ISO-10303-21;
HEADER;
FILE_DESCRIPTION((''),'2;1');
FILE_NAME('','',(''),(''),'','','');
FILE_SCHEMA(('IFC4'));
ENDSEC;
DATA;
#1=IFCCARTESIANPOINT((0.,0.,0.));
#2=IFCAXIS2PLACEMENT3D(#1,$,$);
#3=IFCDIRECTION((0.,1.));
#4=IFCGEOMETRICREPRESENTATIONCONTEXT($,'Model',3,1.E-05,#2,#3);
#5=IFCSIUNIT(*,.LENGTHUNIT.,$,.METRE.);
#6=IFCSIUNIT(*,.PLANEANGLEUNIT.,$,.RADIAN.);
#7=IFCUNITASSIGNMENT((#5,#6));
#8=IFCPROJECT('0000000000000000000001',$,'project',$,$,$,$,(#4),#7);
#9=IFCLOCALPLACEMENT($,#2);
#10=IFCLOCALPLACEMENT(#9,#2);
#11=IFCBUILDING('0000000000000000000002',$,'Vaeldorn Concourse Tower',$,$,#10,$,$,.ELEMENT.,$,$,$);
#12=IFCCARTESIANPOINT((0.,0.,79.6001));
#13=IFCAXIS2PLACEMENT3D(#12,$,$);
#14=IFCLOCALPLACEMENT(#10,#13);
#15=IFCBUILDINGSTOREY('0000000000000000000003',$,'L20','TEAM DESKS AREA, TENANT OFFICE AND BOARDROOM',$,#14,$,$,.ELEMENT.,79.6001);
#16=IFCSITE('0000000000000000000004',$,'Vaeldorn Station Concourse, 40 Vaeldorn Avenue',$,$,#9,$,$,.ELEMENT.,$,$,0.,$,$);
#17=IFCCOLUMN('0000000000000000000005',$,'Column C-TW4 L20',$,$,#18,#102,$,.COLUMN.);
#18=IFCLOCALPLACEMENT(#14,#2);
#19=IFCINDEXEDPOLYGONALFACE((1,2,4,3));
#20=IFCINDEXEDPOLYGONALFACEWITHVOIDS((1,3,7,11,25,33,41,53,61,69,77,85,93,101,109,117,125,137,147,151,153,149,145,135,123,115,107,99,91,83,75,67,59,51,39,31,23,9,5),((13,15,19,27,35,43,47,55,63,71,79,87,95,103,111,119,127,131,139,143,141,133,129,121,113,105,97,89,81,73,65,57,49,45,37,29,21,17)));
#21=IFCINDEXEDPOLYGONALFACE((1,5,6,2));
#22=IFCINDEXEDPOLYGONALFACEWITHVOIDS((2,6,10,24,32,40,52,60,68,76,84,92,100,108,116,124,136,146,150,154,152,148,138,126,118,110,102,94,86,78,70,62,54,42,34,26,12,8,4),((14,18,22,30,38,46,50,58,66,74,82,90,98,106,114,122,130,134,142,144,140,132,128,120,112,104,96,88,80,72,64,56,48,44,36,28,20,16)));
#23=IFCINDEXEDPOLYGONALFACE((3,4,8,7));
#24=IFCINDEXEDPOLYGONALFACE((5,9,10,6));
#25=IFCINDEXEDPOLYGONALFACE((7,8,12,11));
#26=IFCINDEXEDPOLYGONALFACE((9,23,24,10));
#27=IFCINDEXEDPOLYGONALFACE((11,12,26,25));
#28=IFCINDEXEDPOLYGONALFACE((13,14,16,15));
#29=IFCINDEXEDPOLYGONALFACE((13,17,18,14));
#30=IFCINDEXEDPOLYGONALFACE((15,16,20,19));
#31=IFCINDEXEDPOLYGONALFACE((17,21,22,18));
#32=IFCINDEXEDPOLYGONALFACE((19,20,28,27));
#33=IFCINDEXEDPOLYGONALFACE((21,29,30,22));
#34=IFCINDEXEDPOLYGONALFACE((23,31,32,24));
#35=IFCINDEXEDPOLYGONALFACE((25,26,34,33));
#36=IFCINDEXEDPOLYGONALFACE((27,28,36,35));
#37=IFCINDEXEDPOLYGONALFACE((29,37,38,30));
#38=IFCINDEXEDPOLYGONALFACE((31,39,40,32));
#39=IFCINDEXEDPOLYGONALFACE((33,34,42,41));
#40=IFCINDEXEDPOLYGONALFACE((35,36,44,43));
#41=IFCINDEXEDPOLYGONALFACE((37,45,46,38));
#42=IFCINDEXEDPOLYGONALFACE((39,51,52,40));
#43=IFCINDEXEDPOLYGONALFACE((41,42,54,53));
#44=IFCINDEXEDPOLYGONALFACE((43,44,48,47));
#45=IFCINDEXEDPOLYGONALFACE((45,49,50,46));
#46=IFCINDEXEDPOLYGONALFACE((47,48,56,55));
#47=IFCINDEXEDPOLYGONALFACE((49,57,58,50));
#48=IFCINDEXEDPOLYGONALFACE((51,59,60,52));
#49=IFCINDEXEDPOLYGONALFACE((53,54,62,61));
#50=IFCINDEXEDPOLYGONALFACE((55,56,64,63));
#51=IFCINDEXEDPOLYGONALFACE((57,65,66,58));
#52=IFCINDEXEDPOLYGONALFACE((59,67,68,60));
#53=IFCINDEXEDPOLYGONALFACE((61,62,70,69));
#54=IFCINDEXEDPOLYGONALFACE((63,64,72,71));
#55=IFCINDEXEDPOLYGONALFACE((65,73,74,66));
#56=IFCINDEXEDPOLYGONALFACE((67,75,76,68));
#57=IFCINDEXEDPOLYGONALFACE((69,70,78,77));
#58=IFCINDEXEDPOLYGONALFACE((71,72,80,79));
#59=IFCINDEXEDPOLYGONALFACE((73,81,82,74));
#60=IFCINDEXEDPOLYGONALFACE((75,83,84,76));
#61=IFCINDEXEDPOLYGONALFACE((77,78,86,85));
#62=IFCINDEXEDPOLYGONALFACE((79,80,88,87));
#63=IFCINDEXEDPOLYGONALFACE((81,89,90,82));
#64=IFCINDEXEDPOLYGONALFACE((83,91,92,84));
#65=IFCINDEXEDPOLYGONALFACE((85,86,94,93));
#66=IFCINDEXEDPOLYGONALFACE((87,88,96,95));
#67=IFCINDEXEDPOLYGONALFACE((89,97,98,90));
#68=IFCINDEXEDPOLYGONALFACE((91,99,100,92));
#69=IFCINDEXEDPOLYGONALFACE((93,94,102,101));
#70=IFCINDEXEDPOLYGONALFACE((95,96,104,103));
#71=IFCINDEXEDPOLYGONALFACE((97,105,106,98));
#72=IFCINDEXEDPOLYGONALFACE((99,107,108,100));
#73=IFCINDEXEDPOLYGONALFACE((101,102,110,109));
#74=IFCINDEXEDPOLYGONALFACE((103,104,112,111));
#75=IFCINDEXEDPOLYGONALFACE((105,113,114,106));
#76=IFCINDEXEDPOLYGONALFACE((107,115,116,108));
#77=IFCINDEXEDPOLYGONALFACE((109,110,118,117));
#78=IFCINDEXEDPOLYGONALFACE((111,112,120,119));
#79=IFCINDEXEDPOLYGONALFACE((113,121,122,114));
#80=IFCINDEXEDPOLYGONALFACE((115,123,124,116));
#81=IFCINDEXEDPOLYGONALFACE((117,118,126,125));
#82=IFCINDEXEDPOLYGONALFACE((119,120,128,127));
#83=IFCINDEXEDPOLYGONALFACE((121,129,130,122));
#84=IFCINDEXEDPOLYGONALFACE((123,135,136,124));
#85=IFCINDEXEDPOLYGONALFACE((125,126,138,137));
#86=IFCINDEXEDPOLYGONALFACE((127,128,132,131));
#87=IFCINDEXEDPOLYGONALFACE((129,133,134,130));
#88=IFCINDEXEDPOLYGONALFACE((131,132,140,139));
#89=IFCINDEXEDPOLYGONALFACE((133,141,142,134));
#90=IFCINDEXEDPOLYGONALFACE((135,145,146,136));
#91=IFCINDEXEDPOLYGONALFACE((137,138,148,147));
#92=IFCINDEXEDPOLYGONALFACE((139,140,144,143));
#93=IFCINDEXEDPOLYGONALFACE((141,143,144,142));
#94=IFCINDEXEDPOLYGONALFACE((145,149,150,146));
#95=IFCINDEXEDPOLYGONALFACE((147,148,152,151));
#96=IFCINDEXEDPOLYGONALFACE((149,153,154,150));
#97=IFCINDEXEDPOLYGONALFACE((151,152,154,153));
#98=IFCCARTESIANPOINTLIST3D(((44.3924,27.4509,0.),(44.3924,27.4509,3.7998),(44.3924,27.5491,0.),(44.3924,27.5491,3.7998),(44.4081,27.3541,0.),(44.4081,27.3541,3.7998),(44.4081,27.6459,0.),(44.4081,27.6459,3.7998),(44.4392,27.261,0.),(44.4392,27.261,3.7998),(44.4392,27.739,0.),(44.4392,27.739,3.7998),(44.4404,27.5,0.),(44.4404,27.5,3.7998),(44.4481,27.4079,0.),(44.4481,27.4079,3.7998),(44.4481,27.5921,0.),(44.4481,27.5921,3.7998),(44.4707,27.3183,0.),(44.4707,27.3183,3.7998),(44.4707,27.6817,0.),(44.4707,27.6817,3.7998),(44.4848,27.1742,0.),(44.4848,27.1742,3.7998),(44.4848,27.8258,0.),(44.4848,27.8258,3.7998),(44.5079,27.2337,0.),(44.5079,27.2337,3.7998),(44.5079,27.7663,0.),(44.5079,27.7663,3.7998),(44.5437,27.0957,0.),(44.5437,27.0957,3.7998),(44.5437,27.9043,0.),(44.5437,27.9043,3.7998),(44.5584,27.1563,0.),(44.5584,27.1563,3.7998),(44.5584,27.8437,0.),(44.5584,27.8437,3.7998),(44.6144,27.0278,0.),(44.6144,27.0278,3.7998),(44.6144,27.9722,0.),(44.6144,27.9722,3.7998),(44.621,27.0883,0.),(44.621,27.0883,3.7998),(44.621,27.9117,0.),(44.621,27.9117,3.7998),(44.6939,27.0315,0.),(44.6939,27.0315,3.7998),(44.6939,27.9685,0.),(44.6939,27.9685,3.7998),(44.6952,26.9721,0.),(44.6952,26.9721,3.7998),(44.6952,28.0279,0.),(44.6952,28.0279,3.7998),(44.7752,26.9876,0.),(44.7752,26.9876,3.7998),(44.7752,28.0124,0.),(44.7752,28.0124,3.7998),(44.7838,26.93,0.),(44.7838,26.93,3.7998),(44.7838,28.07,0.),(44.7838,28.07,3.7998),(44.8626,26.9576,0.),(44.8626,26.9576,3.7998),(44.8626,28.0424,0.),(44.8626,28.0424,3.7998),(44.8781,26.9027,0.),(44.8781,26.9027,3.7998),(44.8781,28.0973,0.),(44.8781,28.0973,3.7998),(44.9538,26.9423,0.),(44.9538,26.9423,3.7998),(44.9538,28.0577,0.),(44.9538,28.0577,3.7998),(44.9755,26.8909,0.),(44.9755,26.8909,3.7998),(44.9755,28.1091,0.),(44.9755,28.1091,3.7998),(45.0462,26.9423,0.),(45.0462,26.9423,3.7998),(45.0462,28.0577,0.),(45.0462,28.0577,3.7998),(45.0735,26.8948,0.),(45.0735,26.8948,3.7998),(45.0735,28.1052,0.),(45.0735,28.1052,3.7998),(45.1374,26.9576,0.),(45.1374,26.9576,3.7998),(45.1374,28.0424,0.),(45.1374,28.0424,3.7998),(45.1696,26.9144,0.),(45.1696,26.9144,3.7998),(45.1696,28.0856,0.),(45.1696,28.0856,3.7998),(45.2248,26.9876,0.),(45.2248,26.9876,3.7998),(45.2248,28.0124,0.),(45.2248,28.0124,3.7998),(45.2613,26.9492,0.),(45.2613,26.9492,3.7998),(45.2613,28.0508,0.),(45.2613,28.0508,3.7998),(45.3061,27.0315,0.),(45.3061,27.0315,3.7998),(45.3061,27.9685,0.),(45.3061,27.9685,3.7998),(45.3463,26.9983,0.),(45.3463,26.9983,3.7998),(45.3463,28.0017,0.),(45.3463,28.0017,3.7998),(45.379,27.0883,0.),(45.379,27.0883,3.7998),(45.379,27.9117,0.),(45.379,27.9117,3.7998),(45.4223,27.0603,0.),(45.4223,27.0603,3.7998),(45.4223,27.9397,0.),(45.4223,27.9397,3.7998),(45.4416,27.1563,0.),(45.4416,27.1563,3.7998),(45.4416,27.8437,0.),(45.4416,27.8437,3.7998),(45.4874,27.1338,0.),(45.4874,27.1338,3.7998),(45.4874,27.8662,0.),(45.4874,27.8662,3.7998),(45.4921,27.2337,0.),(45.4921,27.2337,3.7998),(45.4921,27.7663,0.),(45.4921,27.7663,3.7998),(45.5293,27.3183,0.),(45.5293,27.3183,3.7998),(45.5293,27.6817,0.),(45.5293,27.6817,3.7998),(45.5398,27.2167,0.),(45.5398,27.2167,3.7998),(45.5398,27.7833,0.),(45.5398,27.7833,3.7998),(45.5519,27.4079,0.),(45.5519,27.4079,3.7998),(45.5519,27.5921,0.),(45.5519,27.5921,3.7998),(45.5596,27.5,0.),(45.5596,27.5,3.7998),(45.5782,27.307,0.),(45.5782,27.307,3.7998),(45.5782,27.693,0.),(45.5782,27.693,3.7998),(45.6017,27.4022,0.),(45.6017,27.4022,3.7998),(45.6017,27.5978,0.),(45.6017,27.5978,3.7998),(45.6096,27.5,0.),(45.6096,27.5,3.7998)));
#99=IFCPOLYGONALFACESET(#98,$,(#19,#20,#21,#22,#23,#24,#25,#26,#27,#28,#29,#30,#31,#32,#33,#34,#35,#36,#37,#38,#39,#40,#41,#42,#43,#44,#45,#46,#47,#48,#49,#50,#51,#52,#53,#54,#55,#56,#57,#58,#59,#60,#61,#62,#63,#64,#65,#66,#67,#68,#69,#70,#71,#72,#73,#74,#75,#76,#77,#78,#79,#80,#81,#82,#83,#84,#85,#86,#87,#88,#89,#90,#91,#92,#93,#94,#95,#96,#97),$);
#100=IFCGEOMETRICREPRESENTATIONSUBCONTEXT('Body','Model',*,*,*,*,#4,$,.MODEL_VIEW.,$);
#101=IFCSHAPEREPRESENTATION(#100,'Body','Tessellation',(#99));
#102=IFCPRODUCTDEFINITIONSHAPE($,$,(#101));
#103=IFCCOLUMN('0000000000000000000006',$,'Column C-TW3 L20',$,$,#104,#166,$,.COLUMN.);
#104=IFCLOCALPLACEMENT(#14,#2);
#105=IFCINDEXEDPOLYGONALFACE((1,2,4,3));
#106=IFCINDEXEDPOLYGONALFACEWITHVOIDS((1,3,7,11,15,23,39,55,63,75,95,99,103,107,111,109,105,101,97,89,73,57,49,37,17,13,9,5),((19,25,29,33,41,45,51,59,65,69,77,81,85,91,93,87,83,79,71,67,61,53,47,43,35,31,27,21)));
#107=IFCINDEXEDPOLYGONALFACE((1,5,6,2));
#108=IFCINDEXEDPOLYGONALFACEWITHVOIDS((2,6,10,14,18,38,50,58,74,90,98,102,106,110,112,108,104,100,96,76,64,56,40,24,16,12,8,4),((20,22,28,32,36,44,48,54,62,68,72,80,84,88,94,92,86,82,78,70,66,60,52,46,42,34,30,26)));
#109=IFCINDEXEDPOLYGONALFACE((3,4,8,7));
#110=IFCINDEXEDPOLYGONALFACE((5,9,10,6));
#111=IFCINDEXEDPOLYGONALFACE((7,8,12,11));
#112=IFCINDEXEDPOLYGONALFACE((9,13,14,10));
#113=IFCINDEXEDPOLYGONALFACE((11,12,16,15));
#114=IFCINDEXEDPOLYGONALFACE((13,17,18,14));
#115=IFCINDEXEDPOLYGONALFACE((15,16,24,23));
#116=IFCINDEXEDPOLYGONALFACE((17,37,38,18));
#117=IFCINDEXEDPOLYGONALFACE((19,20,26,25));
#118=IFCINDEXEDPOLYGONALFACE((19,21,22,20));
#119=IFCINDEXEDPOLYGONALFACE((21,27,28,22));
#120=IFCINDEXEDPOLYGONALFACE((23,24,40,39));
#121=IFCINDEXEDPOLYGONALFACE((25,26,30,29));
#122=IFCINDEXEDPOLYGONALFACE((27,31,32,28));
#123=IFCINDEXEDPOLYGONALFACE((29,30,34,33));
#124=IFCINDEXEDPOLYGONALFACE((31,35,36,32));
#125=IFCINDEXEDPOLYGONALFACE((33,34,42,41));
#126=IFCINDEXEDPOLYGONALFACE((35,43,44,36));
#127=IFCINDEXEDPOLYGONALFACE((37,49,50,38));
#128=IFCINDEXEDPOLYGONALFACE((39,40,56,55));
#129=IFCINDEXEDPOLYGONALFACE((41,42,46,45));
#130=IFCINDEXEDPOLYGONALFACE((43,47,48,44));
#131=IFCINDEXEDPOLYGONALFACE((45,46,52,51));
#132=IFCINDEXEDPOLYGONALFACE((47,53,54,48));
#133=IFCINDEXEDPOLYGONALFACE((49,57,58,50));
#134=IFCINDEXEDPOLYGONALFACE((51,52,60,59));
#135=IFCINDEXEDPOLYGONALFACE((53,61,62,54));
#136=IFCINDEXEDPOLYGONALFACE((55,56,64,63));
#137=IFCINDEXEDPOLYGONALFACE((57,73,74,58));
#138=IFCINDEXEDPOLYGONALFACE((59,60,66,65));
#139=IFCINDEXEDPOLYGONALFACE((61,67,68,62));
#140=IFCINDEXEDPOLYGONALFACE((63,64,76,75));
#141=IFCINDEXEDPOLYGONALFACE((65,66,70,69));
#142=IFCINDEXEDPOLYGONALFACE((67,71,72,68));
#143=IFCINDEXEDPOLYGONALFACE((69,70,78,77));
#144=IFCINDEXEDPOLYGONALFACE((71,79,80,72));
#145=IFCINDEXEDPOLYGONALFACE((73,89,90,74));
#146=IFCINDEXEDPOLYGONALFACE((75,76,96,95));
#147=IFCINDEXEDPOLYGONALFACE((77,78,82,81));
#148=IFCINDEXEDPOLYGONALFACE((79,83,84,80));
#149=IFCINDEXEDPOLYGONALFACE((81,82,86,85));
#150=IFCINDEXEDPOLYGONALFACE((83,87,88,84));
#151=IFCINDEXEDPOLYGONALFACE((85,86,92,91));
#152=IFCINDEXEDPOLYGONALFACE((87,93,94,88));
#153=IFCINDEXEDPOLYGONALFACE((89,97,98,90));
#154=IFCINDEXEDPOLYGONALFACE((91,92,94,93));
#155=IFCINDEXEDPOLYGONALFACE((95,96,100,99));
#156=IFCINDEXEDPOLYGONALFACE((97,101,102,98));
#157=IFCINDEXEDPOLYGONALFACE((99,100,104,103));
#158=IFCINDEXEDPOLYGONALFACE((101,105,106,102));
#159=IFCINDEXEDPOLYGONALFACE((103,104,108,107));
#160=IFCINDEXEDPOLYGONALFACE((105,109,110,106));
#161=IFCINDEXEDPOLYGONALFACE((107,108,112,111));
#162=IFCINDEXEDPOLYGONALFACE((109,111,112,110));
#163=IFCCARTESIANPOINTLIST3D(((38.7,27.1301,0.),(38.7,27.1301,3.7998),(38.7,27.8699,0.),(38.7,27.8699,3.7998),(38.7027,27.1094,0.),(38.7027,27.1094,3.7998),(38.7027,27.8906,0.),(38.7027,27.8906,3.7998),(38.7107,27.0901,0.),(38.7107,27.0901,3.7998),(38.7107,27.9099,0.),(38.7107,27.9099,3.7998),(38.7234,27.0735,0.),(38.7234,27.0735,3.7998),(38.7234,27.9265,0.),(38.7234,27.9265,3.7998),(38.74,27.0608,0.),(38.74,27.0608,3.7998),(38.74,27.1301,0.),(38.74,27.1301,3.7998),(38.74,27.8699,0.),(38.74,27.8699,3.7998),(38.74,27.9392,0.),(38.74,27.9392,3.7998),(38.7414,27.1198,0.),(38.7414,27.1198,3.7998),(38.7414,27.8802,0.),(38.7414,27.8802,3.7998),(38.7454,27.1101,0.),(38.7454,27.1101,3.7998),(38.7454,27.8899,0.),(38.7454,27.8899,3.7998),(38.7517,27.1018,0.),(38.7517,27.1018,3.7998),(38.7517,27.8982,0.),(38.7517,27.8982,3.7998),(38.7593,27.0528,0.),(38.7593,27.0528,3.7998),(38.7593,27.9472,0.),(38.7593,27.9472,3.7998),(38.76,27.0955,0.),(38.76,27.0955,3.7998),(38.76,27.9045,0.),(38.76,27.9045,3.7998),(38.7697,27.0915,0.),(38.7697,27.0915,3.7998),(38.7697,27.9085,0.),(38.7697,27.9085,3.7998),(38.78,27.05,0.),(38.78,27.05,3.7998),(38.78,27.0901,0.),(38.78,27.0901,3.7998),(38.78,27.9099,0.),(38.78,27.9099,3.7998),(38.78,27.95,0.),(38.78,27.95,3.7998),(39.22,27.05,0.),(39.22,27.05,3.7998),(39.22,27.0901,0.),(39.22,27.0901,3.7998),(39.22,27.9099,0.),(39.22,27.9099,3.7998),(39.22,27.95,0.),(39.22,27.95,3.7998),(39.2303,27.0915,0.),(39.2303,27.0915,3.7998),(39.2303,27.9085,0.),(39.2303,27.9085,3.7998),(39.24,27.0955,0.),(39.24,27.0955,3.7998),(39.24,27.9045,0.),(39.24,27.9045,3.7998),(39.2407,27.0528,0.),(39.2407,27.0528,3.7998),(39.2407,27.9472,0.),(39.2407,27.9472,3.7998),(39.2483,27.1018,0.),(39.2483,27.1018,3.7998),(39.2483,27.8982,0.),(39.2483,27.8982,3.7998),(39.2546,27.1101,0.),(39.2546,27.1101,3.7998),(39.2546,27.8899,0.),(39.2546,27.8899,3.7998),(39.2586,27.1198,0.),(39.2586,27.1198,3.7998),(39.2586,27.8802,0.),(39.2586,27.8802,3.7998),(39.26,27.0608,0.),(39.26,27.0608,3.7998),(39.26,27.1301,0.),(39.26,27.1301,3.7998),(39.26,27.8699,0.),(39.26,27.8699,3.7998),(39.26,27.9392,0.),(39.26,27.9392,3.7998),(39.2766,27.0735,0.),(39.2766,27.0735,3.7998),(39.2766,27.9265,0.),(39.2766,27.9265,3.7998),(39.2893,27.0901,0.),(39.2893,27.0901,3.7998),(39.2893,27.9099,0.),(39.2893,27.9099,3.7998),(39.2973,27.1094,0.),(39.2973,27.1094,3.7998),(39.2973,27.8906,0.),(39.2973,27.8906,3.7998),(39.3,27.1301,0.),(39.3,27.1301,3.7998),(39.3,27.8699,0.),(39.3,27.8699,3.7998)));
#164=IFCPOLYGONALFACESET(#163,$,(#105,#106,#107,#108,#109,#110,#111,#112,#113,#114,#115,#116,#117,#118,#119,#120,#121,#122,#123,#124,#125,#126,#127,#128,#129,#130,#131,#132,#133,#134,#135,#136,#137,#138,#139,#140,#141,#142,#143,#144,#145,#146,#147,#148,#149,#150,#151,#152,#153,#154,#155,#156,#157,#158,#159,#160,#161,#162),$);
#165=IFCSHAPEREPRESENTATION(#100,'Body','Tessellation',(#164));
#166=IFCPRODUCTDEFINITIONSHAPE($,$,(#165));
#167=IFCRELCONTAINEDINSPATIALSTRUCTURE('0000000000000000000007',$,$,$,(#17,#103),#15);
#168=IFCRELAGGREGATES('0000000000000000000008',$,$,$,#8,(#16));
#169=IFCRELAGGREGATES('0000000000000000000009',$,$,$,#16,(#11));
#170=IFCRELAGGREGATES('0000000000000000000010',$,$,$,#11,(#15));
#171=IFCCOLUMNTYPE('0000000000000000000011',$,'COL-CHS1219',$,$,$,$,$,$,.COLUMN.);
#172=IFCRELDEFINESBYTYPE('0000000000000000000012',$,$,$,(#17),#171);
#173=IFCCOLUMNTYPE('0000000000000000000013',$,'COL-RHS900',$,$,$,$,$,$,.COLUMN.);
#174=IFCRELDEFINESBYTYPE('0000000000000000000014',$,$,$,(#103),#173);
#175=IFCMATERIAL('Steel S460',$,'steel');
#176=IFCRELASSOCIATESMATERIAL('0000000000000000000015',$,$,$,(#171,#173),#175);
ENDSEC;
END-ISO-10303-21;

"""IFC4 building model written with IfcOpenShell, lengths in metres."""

from ifc_helpers import new_model, si_unit, direction, frame, origin, origin_2d, place, context, subcontext, project, spatial, hollow_rectangle, hollow_circle, extrude, source, transform, mapped, material, material_profile, profile_set, type_object, element, save


model = new_model("IFC4")

# Units and contexts
model_context = context("Model", 3, precision=1e-05, world=origin(), true_north=direction((0.0, 1.0)))
body_context = subcontext(model_context, "Body", "Model", "MODEL_VIEW")
ifc_project = project(units=[si_unit("LENGTHUNIT", "METRE"), si_unit("PLANEANGLEUNIT", "RADIAN")], contexts=[model_context])

# Site, building, storey
site_placement = place(None, origin())
site = spatial("IfcSite", under=ifc_project, at=site_placement, Name="Vaeldorn Station Concourse, 40 Vaeldorn Avenue", CompositionType="ELEMENT", RefElevation=0.0)
building_placement = place(site_placement, origin())
building = spatial("IfcBuilding", under=site, at=building_placement, Name="Vaeldorn Concourse Tower", CompositionType="ELEMENT")
storey_placement = place(building_placement, frame((0.0, 0.0, 79.6001)))
storey = spatial("IfcBuildingStorey", under=building, at=storey_placement, Name="L20", Description="TEAM DESKS AREA, TENANT OFFICE AND BOARDROOM", CompositionType="ELEMENT", Elevation=79.6001)

# Columns
ifc_material_1 = material(Name="Steel S460", Category="steel")
ifc_material_profile_1 = material_profile(ifc_material_1, hollow_circle(Radius=0.6096, WallThickness=0.05, at=origin_2d()), Name="CHS 1219x50")
ifc_profile_set_1 = profile_set([ifc_material_profile_1], Name="Steel S460")
column_type_1 = type_object("IfcColumnType", Name="COL-CHS1219", PredefinedType="COLUMN", material=ifc_profile_set_1)
shared_shape_1 = source(origin(), body_context, "Body", "SweptSolid", [
    extrude(hollow_circle(Radius=0.6096, WallThickness=0.05, at=origin_2d()), origin(), (0.0, 0.0, 1.0), 3.7998),
])
column_placement = place(storey_placement, frame((45.0, 27.5, 0.0), z_axis=(0.0, 0.0, 1.0), x_axis=(1.0, 0.0, 0.0)))
element("IfcColumn", 1, at=column_placement, inside=storey, type_object=column_type_1, Name="Column C-TW4 L20", PredefinedType="COLUMN", context=body_context, shape_type="MappedRepresentation", body=[
    mapped(shared_shape_1, transform((0.0, 0.0, 0.0), scale=1.0)),
])
ifc_material_profile_2 = material_profile(ifc_material_1, hollow_rectangle(XDim=0.6001, YDim=0.8999, WallThickness=0.04, InnerFilletRadius=0.04, OuterFilletRadius=0.0801, at=origin_2d()), Name="RHS 900x600x40")
ifc_profile_set_2 = profile_set([ifc_material_profile_2], Name="Steel S460")
column_type_2 = type_object("IfcColumnType", Name="COL-RHS900", PredefinedType="COLUMN", material=ifc_profile_set_2)
shared_shape_2 = source(origin(), body_context, "Body", "SweptSolid", [
    extrude(hollow_rectangle(XDim=0.6001, YDim=0.8999, WallThickness=0.04, InnerFilletRadius=0.04, OuterFilletRadius=0.0801, at=origin_2d()), origin(), (0.0, 0.0, 1.0), 3.7998),
])
for number, where, z_axis, x_axis, name in (
    (2, (39.0, 27.5, 0.0), (0.0, 0.0, 1.0), (1.0, 0.0, 0.0), "Column C-TW3 L20"),
):
    element("IfcColumn", number, at=place(storey_placement, frame(where, z_axis=z_axis, x_axis=x_axis)), inside=storey, type_object=column_type_2, Name=name, PredefinedType="COLUMN", context=body_context, shape_type="MappedRepresentation", body=[
        mapped(shared_shape_2, transform((0.0, 0.0, 0.0), scale=1.0)),
    ])

save(model, "model.ifc")
